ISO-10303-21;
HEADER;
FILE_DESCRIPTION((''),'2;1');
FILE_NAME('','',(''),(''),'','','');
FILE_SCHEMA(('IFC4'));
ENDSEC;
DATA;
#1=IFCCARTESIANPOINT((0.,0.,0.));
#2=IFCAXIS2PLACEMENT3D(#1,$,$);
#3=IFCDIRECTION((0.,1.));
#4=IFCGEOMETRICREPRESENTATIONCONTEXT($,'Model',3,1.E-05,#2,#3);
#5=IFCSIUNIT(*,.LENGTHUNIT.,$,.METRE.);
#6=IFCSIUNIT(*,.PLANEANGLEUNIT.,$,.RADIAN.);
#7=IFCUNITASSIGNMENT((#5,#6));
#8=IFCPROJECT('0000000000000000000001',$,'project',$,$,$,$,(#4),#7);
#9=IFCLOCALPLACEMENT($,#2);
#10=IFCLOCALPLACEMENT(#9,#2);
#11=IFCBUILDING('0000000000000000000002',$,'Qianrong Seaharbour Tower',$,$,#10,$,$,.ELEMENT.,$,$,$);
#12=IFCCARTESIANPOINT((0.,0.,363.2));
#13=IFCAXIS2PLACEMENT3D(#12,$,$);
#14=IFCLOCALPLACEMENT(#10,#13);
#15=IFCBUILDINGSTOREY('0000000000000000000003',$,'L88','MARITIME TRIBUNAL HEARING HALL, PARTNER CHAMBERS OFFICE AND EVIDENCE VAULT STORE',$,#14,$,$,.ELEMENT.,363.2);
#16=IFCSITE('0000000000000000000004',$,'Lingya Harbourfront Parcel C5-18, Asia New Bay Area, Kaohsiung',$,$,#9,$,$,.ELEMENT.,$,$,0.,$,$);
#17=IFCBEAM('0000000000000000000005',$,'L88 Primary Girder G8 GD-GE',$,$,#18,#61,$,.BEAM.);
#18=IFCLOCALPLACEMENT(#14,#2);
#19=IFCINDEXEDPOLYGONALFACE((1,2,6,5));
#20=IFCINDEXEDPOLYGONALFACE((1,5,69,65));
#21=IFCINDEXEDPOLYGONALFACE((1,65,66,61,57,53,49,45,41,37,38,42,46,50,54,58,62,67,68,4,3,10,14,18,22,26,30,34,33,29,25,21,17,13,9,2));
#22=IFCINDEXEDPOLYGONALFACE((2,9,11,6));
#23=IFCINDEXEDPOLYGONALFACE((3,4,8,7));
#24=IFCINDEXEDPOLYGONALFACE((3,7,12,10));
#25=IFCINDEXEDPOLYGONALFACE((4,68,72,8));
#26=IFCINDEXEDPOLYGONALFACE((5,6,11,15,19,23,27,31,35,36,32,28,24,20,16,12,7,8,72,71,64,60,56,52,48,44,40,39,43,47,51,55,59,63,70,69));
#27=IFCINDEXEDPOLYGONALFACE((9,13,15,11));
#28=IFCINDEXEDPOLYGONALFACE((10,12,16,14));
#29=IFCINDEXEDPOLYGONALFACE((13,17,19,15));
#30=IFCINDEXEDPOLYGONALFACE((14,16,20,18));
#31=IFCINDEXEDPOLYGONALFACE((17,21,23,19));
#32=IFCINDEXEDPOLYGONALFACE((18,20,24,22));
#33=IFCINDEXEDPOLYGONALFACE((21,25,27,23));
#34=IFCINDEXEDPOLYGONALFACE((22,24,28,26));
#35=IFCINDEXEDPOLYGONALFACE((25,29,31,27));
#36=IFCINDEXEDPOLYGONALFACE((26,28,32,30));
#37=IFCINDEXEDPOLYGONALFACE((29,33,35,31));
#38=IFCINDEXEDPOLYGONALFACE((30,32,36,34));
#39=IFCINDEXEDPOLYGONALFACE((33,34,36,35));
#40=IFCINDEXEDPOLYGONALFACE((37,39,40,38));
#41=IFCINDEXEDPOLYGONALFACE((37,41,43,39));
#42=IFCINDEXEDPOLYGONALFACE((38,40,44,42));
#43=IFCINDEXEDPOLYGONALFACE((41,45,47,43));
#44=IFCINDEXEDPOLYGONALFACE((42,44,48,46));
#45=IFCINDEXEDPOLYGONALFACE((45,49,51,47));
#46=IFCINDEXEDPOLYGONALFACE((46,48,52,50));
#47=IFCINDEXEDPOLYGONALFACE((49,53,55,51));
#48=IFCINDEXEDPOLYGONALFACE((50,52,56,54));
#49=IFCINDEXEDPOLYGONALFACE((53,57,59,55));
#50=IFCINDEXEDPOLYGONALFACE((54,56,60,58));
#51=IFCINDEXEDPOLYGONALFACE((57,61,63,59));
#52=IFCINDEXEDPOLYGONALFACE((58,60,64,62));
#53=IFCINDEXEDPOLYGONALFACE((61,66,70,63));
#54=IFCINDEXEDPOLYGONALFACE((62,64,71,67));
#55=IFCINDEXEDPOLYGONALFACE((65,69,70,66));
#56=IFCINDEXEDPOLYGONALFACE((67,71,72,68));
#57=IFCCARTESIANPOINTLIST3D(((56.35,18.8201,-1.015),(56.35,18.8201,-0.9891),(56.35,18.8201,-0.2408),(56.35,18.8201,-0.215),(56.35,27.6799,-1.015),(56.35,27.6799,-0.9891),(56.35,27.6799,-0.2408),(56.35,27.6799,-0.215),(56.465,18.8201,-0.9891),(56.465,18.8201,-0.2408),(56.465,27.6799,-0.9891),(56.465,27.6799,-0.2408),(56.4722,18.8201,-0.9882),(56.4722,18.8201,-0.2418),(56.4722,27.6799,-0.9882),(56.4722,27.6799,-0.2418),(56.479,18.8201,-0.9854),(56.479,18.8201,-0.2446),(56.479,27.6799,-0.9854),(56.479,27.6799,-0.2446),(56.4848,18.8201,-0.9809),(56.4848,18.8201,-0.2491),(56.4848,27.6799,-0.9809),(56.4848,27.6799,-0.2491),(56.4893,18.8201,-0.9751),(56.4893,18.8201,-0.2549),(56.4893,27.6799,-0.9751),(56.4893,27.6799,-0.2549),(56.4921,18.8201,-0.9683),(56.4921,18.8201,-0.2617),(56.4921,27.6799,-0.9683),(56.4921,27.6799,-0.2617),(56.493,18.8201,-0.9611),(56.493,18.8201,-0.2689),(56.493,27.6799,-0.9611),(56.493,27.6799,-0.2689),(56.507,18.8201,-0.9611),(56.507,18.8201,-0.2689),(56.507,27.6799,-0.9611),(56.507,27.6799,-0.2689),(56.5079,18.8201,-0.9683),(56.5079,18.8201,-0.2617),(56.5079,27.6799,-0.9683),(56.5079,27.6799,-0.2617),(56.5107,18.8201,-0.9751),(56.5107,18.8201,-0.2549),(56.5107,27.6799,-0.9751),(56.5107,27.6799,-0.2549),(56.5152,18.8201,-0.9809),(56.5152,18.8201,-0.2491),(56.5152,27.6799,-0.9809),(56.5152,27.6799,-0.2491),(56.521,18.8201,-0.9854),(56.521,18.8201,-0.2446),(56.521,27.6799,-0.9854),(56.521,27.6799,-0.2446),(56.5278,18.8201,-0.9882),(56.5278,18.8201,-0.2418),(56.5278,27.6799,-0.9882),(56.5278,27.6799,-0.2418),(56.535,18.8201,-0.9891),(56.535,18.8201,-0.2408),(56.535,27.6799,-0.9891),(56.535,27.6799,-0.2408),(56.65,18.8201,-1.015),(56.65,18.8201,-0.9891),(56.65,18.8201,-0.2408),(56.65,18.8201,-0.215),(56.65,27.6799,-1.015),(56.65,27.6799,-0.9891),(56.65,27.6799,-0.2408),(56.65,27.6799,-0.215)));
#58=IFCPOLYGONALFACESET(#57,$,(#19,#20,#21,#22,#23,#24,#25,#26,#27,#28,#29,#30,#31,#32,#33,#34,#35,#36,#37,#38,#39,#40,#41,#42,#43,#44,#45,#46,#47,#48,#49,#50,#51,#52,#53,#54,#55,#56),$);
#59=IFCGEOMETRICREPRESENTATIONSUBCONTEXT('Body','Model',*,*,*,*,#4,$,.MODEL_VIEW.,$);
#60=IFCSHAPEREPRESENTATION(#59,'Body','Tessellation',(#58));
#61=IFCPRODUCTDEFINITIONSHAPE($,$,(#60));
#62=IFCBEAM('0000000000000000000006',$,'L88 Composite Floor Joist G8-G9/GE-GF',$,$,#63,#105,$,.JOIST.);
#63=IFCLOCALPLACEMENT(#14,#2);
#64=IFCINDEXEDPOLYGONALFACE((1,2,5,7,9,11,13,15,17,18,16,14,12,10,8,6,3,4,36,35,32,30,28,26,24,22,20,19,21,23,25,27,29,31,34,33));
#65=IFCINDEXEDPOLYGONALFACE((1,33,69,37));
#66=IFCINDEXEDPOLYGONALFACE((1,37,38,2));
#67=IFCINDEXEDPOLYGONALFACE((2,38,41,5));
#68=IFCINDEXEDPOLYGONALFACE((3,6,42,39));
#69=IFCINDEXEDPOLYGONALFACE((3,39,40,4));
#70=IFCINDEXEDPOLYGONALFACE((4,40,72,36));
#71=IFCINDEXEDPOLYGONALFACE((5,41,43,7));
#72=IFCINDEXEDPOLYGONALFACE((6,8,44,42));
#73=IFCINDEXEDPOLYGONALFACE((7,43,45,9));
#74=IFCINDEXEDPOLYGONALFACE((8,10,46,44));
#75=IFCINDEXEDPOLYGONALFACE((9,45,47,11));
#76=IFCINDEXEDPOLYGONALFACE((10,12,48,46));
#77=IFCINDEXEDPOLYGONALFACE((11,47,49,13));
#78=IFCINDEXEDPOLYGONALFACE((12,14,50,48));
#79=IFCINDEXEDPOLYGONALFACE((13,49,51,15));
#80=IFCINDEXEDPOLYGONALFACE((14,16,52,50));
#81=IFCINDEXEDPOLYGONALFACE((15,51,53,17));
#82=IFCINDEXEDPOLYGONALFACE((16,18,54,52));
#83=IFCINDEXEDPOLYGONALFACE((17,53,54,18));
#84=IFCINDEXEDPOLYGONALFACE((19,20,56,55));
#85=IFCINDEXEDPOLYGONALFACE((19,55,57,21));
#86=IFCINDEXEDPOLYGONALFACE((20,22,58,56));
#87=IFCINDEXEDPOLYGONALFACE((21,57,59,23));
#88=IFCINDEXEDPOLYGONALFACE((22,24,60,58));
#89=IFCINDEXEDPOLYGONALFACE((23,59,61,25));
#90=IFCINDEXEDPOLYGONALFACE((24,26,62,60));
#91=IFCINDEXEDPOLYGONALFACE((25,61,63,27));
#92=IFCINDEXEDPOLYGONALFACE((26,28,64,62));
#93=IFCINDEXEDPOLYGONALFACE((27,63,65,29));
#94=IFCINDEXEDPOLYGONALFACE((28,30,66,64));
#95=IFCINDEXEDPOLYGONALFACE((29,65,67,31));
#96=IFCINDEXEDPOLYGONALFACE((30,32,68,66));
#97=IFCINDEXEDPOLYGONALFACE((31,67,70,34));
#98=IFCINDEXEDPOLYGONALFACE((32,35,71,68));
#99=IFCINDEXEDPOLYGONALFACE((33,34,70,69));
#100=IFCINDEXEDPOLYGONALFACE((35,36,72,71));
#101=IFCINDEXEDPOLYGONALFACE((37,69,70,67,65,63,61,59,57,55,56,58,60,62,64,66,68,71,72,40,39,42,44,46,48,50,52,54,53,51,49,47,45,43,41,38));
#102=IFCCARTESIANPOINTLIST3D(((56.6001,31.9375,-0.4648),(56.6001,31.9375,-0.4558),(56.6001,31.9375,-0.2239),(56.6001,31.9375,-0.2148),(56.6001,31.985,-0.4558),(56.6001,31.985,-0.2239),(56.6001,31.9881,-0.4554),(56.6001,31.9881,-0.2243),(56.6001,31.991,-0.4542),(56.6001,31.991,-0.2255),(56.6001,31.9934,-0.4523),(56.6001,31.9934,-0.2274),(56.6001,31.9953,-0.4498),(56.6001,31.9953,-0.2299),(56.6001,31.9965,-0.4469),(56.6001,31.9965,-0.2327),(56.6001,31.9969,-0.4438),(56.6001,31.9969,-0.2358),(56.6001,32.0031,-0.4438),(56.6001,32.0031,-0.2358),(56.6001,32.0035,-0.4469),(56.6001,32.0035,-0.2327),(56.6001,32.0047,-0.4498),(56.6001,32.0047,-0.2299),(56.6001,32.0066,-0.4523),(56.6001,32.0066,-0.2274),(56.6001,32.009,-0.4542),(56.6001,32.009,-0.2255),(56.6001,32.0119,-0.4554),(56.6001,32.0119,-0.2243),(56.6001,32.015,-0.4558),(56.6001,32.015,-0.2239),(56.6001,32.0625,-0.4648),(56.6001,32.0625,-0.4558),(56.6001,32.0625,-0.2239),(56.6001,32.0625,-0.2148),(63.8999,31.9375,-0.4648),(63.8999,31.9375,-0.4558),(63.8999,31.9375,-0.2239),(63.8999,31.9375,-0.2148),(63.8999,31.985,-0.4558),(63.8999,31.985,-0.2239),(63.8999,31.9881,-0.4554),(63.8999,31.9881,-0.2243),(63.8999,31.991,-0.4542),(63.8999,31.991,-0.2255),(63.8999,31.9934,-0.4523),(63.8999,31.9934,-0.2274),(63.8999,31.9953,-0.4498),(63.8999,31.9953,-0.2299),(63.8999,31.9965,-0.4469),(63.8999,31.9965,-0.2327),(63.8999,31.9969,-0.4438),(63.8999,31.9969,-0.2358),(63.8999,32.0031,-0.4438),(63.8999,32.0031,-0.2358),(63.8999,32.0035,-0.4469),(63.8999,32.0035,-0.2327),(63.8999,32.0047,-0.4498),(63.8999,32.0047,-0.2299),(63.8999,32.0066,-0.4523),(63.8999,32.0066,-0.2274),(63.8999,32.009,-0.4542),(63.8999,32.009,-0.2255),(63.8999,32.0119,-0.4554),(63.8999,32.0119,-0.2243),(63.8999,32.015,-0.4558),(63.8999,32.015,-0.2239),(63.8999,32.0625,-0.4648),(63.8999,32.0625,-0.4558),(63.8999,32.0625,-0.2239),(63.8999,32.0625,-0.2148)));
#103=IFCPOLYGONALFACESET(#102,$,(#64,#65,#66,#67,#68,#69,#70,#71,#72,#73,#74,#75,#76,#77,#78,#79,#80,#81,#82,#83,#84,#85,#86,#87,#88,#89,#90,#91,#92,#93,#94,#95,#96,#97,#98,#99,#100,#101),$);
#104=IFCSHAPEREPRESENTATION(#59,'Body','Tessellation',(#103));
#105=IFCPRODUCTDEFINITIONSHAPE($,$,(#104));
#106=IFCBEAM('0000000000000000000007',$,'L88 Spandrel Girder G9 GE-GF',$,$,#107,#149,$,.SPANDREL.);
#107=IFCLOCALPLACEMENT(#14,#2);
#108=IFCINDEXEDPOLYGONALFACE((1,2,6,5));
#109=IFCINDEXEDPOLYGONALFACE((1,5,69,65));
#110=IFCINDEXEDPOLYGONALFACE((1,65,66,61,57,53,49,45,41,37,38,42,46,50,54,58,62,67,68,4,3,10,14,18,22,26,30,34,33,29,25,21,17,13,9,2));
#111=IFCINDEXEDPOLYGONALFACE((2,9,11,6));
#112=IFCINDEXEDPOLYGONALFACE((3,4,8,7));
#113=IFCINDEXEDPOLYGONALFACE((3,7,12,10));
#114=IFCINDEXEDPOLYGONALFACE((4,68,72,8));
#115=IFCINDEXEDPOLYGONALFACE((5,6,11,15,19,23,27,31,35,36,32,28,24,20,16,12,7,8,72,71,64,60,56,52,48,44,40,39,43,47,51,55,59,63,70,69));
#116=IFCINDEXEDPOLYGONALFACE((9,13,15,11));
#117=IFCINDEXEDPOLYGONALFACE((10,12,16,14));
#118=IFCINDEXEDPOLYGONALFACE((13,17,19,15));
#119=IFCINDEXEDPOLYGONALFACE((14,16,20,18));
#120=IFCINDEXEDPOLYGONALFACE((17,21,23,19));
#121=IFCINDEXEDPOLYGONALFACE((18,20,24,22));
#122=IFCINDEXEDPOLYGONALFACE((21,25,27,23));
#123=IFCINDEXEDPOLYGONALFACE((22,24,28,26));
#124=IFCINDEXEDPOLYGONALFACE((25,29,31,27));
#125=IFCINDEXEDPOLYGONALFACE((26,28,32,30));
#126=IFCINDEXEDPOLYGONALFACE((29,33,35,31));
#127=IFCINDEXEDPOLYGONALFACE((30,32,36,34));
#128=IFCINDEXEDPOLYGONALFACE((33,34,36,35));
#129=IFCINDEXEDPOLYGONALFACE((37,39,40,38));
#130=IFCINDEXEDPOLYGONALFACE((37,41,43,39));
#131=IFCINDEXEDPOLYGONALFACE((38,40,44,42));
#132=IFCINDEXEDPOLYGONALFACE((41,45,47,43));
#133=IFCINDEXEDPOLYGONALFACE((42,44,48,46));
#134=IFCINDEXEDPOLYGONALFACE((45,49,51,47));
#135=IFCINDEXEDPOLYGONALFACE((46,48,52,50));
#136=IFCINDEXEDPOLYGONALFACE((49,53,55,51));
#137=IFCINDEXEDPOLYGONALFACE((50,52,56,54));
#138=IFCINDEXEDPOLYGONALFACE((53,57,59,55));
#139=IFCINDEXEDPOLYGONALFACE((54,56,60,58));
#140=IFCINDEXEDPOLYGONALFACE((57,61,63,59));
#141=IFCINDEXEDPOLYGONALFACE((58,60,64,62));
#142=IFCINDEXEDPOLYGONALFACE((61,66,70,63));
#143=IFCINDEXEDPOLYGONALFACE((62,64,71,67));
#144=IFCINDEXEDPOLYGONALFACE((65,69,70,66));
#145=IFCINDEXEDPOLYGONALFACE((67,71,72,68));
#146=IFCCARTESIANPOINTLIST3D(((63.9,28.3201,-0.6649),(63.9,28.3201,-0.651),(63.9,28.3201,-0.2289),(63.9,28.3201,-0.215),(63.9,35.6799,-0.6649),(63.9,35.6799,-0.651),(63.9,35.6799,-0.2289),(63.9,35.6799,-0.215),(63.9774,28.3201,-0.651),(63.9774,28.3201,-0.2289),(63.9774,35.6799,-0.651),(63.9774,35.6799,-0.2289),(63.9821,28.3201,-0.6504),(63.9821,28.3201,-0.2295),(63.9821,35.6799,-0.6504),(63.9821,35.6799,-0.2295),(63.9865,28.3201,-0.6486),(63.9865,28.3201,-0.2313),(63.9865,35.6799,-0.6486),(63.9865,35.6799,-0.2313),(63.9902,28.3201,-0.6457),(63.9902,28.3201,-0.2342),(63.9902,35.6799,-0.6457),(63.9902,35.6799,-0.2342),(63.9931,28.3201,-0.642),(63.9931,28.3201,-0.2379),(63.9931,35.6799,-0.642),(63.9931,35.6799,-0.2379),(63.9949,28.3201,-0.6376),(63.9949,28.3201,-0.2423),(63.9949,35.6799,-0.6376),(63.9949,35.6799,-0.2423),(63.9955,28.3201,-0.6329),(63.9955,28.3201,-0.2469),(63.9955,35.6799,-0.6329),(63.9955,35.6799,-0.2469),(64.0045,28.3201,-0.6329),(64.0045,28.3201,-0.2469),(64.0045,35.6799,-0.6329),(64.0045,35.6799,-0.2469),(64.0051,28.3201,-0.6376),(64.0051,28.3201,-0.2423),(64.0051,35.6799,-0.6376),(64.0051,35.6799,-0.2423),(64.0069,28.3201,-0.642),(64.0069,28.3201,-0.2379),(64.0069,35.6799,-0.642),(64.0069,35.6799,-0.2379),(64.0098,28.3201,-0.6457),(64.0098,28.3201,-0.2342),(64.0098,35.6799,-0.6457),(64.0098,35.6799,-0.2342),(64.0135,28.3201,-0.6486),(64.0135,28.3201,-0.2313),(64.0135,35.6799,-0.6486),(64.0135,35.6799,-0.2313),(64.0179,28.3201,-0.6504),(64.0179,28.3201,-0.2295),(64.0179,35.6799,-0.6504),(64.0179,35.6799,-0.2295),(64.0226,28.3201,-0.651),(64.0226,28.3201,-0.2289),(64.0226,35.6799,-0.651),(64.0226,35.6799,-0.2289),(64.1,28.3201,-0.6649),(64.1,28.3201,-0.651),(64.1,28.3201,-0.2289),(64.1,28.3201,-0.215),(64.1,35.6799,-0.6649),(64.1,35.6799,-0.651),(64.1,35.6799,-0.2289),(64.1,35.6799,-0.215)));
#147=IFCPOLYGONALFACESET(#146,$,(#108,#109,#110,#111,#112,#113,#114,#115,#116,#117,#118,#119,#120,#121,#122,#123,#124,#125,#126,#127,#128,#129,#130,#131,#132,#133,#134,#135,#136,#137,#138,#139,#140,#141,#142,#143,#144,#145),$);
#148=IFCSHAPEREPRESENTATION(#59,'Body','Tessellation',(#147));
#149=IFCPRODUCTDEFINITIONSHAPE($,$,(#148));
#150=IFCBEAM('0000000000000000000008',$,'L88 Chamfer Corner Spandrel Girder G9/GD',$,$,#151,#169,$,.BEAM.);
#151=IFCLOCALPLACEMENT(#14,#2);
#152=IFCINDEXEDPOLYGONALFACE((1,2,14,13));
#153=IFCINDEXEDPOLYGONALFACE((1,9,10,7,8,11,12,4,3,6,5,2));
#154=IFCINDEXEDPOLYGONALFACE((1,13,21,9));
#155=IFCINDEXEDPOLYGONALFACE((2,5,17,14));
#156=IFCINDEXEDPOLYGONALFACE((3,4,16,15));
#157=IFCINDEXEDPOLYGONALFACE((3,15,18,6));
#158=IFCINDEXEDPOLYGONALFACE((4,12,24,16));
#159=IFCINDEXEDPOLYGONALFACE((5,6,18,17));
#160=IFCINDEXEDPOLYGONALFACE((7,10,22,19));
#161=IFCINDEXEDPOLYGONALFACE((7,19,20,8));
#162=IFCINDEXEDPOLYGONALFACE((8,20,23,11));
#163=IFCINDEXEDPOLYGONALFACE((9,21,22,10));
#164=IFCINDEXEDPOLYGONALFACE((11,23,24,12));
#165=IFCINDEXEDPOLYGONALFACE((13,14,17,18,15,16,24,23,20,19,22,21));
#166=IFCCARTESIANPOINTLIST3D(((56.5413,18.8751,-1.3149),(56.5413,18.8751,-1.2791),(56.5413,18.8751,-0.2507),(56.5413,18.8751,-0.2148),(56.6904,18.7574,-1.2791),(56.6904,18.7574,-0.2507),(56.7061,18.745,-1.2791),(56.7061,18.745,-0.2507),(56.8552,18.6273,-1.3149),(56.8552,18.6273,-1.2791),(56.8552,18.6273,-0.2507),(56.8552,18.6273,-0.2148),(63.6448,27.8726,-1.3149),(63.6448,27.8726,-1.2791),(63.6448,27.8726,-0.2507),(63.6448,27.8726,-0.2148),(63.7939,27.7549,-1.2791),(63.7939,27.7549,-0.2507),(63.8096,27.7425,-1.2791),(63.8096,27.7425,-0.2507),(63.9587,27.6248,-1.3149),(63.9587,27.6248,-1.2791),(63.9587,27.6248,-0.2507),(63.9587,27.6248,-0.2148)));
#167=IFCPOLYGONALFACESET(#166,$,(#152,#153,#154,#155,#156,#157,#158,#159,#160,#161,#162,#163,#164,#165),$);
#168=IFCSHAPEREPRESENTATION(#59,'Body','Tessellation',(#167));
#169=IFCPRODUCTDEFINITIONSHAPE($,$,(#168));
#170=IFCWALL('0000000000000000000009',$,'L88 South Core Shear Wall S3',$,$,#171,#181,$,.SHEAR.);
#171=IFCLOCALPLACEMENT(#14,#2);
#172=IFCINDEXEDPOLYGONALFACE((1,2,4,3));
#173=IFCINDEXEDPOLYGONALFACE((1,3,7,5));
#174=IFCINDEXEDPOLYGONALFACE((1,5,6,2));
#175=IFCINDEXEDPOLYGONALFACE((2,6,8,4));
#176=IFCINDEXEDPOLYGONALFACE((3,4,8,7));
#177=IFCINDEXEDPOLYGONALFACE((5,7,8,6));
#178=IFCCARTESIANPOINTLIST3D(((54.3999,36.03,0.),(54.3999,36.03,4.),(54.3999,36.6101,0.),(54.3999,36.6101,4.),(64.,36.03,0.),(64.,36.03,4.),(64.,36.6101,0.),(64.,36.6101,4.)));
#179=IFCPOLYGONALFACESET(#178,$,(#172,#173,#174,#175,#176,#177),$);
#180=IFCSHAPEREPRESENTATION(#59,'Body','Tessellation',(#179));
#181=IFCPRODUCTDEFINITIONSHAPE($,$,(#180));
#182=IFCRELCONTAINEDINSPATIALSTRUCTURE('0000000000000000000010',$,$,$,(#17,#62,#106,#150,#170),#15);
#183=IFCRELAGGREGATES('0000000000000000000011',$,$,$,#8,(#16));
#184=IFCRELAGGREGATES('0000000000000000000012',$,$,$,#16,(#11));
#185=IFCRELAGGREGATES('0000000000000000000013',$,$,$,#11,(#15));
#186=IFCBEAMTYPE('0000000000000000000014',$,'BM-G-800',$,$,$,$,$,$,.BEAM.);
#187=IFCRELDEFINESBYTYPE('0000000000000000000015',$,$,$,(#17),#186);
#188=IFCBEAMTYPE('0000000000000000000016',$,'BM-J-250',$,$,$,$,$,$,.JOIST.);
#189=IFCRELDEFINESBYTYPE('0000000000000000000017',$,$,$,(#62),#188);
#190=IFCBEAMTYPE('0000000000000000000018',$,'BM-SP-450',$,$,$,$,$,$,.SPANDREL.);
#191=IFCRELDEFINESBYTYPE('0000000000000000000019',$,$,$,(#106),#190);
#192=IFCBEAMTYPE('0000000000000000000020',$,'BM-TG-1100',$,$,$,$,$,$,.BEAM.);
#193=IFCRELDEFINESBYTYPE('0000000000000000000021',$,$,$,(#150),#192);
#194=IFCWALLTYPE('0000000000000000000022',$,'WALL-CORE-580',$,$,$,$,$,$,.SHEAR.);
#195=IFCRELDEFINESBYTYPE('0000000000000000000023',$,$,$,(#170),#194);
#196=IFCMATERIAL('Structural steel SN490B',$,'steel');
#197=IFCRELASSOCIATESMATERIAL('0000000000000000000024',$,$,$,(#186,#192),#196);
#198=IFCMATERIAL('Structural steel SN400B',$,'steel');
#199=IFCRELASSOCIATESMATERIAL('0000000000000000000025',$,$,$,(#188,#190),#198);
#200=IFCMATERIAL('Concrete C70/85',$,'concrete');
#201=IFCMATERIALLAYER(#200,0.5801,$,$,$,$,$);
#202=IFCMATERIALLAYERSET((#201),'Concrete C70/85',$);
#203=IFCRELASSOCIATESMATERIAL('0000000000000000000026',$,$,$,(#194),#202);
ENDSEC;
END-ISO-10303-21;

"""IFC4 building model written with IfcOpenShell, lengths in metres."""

from ifc_helpers import new_model, si_unit, direction, frame, frame_2d, origin, origin_2d, place, context, subcontext, project, spatial, rectangle, i_section, extrude, material, layer, layer_set, material_profile, profile_set, type_object, element, save


model = new_model("IFC4")

# Units and contexts
model_context = context("Model", 3, precision=1e-05, world=origin(), true_north=direction((0.0, 1.0)))
body_context = subcontext(model_context, "Body", "Model", "MODEL_VIEW")
ifc_project = project(units=[si_unit("LENGTHUNIT", "METRE"), si_unit("PLANEANGLEUNIT", "RADIAN")], contexts=[model_context])

# Site, building, storey
site_placement = place(None, origin())
site = spatial("IfcSite", under=ifc_project, at=site_placement, Name="Lingya Harbourfront Parcel C5-18, Asia New Bay Area, Kaohsiung", CompositionType="ELEMENT", RefElevation=0.0)
building_placement = place(site_placement, origin())
building = spatial("IfcBuilding", under=site, at=building_placement, Name="Qianrong Seaharbour Tower", CompositionType="ELEMENT")
storey_placement = place(building_placement, frame((0.0, 0.0, 363.2)))
storey = spatial("IfcBuildingStorey", under=building, at=storey_placement, Name="L88", Description="MARITIME TRIBUNAL HEARING HALL, PARTNER CHAMBERS OFFICE AND EVIDENCE VAULT STORE", CompositionType="ELEMENT", Elevation=363.2)

# Shared definitions
ifc_material_1 = material(Name="Structural steel SN490B", Category="steel")
ifc_material_2 = material(Name="Structural steel SN400B", Category="steel")

# Beams
ifc_material_profile_1 = material_profile(ifc_material_1, i_section(OverallWidth=0.3, OverallDepth=0.8, WebThickness=0.0139, FlangeThickness=0.0259, FilletRadius=0.0281, at=origin_2d()), Name="H800x300x14x26")
ifc_profile_set_1 = profile_set([ifc_material_profile_1], Name="Structural steel SN490B")
beam_type_1 = type_object("IfcBeamType", Name="BM-G-800", PredefinedType="BEAM", material=ifc_profile_set_1)
beam_1_placement = place(storey_placement, frame((56.5, 18.8201, -0.615), z_axis=(0.0, 1.0, 0.0), x_axis=(-1.0, 0.0, 0.0)))
element("IfcBeam", 1, at=beam_1_placement, inside=storey, type_object=beam_type_1, Name="L88 Primary Girder G8 GD-GE", PredefinedType="BEAM", context=body_context, shape_type="SweptSolid", body=[
    extrude(i_section(OverallWidth=0.3, OverallDepth=0.8, WebThickness=0.0139, FlangeThickness=0.0259, FilletRadius=0.0281, at=origin_2d()), origin(), (0.0, 0.0, 1.0), 8.8599),
])
ifc_material_profile_2 = material_profile(ifc_material_2, i_section(OverallWidth=0.125, OverallDepth=0.25, WebThickness=0.0061, FlangeThickness=0.009, FilletRadius=0.012, at=origin_2d()), Name="H250x125x6x9")
ifc_profile_set_2 = profile_set([ifc_material_profile_2], Name="Structural steel SN400B")
beam_type_2 = type_object("IfcBeamType", Name="BM-J-250", PredefinedType="JOIST", material=ifc_profile_set_2)
beam_2_placement = place(storey_placement, frame((56.6001, 32.0, -0.3398), z_axis=(1.0, 0.0, 0.0), x_axis=(0.0, 1.0, 0.0)))
element("IfcBeam", 2, at=beam_2_placement, inside=storey, type_object=beam_type_2, Name="L88 Composite Floor Joist G8-G9/GE-GF", PredefinedType="JOIST", context=body_context, shape_type="SweptSolid", body=[
    extrude(i_section(OverallWidth=0.125, OverallDepth=0.25, WebThickness=0.0061, FlangeThickness=0.009, FilletRadius=0.012, at=origin_2d()), origin(), (0.0, 0.0, 1.0), 7.2998),
])
ifc_material_profile_3 = material_profile(ifc_material_2, i_section(OverallWidth=0.2, OverallDepth=0.45, WebThickness=0.009, FlangeThickness=0.0139, FilletRadius=0.0181, at=origin_2d()), Name="H450x200x9x14")
ifc_profile_set_3 = profile_set([ifc_material_profile_3], Name="Structural steel SN400B")
beam_type_3 = type_object("IfcBeamType", Name="BM-SP-450", PredefinedType="SPANDREL", material=ifc_profile_set_3)
beam_3_placement = place(storey_placement, frame((64.0, 28.3201, -0.4399), z_axis=(0.0, 1.0, 0.0), x_axis=(-1.0, 0.0, 0.0)))
element("IfcBeam", 3, at=beam_3_placement, inside=storey, type_object=beam_type_3, Name="L88 Spandrel Girder G9 GE-GF", PredefinedType="SPANDREL", context=body_context, shape_type="SweptSolid", body=[
    extrude(i_section(OverallWidth=0.2, OverallDepth=0.45, WebThickness=0.009, FlangeThickness=0.0139, FilletRadius=0.0181, at=origin_2d()), origin(), (0.0, 0.0, 1.0), 7.3599),
])
ifc_material_profile_4 = material_profile(ifc_material_1, i_section(OverallWidth=0.3999, OverallDepth=1.1001, WebThickness=0.02, FlangeThickness=0.0359, at=origin_2d()), Name="BH1100x400x20x36")
ifc_profile_set_4 = profile_set([ifc_material_profile_4], Name="Structural steel SN490B")
beam_type_4 = type_object("IfcBeamType", Name="BM-TG-1100", PredefinedType="BEAM", material=ifc_profile_set_4)
beam_4_placement = place(storey_placement, frame((56.6982, 18.7512, -0.7649), z_axis=(0.619654, 0.784875, 0.0), x_axis=(-0.784875, 0.619654, 0.0)))
element("IfcBeam", 4, at=beam_4_placement, inside=storey, type_object=beam_type_4, Name="L88 Chamfer Corner Spandrel Girder G9/GD", PredefinedType="BEAM", context=body_context, shape_type="SweptSolid", body=[
    extrude(i_section(OverallWidth=0.3999, OverallDepth=1.1001, WebThickness=0.02, FlangeThickness=0.0359, at=origin_2d()), origin(), (0.0, 0.0, 1.0), 11.4636),
])

# Wall
ifc_material_3 = material(Name="Concrete C70/85", Category="concrete")
ifc_layer_1 = layer(ifc_material_3, 0.5801)
ifc_layer_set_1 = layer_set([ifc_layer_1], Name="Concrete C70/85")
wall_type_1 = type_object("IfcWallType", Name="WALL-CORE-580", PredefinedType="SHEAR", material=ifc_layer_set_1)
wall_1_placement = place(storey_placement, frame((54.3999, 36.3201, 0.0), z_axis=(0.0, 0.0, 1.0), x_axis=(1.0, 0.0, 0.0)))
element("IfcWall", 5, at=wall_1_placement, inside=storey, type_object=wall_type_1, Name="L88 South Core Shear Wall S3", PredefinedType="SHEAR", context=body_context, shape_type="SweptSolid", body=[
    extrude(rectangle(XDim=9.6001, YDim=0.5801, at=frame_2d((4.8, 0.0))), origin(), (0.0, 0.0, 1.0), 4.0),
])

save(model, "model.ifc")
